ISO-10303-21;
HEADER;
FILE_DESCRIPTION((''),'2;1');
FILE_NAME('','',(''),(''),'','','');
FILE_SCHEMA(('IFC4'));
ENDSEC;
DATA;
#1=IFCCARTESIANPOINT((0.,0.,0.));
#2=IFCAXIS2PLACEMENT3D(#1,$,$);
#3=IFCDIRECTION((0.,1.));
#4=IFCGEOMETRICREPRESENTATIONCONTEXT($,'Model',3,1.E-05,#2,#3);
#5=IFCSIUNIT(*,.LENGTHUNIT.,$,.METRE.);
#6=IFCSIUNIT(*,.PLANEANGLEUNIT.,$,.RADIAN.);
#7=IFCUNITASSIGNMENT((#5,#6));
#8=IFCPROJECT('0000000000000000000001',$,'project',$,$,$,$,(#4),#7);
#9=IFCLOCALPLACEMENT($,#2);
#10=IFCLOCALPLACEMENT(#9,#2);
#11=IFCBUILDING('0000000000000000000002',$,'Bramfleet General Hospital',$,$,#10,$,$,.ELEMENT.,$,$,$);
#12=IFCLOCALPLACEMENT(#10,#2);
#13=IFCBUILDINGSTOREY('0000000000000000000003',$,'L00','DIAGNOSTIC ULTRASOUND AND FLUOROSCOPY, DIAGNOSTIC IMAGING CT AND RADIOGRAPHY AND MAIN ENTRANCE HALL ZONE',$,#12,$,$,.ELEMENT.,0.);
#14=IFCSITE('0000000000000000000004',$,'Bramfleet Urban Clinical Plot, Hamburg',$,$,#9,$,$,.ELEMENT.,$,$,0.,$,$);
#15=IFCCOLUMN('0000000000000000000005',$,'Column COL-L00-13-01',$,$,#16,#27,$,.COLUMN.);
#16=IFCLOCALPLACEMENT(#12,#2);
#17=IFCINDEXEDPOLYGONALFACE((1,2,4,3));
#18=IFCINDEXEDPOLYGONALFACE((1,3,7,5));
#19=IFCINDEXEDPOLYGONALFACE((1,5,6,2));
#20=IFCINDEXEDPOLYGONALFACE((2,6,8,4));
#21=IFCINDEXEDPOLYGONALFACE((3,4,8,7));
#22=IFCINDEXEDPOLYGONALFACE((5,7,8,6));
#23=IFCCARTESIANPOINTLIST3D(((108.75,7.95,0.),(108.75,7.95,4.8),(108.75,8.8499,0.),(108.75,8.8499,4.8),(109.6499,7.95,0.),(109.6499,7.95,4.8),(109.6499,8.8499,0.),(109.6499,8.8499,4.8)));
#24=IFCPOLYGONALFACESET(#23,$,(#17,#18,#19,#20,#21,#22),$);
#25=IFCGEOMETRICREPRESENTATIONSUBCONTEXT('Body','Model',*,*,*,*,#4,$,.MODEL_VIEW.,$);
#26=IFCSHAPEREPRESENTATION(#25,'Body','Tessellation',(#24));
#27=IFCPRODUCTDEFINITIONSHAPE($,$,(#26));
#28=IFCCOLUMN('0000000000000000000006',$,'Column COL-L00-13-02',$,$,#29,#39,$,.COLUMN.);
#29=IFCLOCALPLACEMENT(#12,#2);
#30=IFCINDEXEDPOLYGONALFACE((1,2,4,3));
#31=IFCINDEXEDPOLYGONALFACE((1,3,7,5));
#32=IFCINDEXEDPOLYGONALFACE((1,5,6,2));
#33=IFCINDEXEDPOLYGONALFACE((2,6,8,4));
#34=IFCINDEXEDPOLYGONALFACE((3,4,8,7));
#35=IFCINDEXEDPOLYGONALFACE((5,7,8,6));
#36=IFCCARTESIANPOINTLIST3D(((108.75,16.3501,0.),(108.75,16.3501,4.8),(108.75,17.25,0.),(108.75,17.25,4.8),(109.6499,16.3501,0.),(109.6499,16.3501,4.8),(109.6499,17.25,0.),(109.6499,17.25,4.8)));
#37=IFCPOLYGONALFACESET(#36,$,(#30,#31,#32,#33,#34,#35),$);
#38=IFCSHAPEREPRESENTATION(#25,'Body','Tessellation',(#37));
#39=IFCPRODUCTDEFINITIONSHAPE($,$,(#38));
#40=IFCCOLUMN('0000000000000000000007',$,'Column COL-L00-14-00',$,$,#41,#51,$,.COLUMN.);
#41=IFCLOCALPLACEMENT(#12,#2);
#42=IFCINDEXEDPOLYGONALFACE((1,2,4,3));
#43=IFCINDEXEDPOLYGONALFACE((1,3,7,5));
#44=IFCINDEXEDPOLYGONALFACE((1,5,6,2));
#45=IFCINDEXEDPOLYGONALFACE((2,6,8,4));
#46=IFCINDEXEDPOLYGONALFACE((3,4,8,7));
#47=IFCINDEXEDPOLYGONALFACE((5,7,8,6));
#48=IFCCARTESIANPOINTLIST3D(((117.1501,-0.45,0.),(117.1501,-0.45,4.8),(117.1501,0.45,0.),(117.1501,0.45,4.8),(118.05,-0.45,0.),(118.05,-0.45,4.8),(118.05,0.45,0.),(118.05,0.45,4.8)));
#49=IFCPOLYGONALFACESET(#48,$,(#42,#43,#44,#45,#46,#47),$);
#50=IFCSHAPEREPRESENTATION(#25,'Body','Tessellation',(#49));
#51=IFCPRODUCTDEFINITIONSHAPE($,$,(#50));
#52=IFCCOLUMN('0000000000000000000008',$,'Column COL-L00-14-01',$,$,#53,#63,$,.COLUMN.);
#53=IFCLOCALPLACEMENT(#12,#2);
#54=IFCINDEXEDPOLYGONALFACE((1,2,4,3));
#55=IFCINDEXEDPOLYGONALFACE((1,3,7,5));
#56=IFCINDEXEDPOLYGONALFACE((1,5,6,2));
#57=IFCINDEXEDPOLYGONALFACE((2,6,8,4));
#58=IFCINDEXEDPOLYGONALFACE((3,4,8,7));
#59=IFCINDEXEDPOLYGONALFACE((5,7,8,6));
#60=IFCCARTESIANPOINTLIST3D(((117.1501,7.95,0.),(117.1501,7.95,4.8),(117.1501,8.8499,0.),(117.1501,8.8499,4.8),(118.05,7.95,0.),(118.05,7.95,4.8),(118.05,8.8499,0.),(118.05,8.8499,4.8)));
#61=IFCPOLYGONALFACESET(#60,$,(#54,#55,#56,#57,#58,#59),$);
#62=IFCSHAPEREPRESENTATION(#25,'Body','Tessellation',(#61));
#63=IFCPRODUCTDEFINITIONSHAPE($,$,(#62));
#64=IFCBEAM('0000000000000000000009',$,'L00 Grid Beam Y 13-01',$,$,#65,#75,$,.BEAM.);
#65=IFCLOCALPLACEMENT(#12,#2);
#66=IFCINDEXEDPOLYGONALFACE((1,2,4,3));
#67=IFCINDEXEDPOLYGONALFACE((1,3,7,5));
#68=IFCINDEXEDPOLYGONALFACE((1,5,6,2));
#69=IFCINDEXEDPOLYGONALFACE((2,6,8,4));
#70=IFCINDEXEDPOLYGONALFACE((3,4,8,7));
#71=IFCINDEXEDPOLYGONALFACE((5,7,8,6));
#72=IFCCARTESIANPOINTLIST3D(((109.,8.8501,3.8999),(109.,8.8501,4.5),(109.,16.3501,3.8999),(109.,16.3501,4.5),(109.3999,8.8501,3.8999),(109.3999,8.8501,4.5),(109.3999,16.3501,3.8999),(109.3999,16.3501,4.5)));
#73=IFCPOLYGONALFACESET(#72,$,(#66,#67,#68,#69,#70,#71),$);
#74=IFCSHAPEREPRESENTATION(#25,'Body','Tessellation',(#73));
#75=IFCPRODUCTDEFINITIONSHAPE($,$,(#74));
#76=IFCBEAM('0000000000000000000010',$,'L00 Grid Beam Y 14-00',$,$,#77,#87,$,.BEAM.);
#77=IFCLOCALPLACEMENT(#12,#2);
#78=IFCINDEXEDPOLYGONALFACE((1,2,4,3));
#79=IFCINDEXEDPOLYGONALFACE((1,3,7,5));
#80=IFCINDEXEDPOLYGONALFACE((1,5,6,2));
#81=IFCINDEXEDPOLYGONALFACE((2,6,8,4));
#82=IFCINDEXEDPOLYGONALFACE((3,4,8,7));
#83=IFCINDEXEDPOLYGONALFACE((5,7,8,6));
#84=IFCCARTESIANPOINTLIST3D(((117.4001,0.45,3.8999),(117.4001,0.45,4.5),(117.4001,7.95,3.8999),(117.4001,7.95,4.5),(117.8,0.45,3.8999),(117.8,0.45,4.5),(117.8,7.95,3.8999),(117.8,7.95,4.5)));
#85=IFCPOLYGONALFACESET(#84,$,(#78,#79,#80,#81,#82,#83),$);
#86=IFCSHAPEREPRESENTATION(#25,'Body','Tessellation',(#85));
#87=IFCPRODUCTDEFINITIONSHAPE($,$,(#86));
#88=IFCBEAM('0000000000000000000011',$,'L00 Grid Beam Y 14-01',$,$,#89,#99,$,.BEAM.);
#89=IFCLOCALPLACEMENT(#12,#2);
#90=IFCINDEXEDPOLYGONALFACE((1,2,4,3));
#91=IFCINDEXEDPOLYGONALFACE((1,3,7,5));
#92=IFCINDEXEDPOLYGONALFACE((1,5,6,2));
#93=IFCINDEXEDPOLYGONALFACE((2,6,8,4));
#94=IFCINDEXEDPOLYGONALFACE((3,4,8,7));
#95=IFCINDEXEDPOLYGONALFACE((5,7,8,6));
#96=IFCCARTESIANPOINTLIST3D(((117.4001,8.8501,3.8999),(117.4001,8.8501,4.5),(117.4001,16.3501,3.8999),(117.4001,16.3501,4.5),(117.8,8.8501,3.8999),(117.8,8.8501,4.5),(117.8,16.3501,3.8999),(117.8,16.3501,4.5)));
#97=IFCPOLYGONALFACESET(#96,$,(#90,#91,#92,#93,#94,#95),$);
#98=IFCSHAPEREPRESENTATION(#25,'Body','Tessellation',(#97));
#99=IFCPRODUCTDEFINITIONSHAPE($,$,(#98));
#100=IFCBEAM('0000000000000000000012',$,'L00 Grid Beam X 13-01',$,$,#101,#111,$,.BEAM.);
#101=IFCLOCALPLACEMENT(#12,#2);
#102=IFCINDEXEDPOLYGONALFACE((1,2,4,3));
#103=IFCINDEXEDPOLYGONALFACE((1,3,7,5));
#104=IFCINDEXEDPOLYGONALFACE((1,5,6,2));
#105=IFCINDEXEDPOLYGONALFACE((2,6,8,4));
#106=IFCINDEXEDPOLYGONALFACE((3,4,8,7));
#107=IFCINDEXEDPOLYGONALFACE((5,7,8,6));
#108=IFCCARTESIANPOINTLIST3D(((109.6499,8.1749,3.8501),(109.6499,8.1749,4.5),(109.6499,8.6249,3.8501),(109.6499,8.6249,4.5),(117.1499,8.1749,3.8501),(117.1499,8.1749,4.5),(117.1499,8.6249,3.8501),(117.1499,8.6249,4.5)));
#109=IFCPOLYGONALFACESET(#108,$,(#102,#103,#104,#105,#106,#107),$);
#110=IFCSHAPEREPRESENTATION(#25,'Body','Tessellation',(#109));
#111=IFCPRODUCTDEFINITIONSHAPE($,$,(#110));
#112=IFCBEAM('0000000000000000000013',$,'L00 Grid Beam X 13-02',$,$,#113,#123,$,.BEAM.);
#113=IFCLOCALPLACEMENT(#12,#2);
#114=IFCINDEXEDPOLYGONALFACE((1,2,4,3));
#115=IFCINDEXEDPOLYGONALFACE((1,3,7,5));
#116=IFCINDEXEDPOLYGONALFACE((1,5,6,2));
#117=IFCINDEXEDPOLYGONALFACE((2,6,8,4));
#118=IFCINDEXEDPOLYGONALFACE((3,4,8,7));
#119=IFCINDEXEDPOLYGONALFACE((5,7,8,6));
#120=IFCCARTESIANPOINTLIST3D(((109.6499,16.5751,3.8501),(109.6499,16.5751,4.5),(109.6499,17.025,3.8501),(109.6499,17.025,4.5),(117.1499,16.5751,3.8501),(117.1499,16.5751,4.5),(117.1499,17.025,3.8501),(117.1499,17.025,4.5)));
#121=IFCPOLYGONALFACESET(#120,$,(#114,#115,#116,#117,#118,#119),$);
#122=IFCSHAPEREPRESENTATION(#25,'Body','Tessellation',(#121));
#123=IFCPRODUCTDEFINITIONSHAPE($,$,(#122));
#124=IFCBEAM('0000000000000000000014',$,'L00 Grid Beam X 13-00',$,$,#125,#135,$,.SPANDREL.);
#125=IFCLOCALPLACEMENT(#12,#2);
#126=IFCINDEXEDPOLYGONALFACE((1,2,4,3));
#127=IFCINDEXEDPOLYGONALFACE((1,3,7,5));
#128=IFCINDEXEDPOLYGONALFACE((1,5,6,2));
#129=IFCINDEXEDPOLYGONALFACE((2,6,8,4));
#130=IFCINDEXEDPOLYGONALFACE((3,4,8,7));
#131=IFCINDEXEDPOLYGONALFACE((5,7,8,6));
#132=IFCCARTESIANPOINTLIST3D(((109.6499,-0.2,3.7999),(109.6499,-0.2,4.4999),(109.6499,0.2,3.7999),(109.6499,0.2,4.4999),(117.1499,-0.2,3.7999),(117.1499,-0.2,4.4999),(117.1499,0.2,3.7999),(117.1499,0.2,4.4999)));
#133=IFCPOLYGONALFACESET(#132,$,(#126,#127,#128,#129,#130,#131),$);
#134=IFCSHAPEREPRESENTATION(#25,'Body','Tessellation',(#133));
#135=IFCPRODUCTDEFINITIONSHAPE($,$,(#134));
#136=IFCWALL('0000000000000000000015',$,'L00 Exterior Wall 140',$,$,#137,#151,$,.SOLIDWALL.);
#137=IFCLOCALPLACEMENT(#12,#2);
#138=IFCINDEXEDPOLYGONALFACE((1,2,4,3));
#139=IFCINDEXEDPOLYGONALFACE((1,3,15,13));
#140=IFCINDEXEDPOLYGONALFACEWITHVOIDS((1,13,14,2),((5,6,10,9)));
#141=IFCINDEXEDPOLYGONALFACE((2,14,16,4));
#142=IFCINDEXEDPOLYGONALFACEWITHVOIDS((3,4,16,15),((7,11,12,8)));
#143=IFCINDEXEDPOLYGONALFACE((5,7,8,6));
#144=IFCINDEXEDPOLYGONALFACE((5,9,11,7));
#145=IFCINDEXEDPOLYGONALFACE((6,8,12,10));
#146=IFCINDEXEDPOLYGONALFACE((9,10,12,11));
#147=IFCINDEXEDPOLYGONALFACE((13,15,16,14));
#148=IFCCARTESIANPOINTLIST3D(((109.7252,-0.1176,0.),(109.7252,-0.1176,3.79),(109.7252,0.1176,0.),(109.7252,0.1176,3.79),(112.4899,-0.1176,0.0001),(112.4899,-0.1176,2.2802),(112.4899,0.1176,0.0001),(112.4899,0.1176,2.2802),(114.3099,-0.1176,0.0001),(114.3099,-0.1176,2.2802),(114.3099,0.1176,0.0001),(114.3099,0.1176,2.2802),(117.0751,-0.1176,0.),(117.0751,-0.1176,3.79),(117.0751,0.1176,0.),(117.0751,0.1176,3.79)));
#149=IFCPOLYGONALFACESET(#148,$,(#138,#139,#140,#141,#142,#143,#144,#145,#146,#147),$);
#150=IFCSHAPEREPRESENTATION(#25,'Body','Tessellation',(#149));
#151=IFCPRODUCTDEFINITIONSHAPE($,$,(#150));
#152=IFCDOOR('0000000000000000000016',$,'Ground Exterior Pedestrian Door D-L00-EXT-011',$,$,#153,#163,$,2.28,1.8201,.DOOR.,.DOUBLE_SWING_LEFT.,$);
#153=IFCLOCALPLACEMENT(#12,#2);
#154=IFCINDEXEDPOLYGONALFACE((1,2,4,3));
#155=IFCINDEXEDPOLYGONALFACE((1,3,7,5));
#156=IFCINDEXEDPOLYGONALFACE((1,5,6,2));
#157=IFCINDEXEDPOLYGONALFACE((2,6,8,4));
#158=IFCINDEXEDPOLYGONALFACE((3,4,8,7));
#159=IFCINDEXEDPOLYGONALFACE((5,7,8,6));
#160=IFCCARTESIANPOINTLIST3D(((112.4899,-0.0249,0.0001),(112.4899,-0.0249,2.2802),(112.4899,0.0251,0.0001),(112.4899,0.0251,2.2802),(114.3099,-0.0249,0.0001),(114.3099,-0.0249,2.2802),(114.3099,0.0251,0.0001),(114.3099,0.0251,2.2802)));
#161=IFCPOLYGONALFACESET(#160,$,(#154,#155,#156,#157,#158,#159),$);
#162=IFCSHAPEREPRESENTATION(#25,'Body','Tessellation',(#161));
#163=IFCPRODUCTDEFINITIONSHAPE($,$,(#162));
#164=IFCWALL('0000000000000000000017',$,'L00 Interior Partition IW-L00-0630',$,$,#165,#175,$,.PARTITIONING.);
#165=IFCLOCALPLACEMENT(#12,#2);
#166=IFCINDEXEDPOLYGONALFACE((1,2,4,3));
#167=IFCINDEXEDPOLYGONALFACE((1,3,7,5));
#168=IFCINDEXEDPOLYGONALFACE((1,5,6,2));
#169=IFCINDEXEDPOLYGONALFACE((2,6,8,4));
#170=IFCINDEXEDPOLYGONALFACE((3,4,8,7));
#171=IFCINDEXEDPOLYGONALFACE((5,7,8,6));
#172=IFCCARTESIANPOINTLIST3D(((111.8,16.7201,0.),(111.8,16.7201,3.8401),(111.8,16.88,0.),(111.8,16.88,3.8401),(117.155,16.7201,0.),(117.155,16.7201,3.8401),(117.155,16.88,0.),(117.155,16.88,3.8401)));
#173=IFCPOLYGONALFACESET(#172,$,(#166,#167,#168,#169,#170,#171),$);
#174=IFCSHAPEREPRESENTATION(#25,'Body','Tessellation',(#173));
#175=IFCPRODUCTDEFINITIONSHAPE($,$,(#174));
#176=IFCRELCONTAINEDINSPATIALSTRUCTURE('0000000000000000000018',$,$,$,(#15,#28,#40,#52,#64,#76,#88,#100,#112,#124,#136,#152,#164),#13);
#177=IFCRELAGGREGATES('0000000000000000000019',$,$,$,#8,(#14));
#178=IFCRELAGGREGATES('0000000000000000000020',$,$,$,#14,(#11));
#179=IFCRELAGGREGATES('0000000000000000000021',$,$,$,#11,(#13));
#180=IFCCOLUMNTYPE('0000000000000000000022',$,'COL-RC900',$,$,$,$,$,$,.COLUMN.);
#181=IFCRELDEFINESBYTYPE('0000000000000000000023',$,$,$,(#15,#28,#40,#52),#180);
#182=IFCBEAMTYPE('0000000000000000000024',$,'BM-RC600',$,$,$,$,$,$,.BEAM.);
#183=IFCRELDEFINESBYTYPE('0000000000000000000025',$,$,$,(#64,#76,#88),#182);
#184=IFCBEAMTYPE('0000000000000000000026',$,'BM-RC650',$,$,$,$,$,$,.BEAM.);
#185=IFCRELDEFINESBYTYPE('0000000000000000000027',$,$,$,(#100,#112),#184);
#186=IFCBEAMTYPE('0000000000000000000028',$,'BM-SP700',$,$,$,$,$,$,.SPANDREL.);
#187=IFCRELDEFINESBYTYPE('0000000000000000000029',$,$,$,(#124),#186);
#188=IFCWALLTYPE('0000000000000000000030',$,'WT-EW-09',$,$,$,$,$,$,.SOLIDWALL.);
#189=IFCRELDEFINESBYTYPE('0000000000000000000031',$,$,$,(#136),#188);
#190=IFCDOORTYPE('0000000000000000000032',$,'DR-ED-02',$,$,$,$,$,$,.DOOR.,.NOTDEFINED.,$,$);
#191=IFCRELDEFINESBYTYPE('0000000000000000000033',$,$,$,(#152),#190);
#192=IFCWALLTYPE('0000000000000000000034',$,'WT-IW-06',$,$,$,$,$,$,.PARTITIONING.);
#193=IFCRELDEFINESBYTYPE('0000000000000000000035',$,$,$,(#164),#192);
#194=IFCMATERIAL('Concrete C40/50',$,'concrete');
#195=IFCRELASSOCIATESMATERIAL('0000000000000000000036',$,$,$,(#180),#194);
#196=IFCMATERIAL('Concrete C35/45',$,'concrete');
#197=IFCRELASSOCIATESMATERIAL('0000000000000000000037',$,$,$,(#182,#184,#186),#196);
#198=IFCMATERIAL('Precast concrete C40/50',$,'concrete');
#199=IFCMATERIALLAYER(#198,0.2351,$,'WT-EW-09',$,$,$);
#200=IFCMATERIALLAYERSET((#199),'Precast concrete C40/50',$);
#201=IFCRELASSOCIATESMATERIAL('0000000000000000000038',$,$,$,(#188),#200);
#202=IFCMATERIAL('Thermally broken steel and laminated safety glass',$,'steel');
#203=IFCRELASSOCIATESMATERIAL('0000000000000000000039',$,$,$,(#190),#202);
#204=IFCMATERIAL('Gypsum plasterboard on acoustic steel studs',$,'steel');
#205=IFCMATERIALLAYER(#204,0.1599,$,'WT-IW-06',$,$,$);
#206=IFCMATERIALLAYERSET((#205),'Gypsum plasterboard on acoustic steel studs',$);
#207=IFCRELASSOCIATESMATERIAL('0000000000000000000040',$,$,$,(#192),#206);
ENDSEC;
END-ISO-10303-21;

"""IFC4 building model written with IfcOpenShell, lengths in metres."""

from ifc_helpers import new_model, si_unit, direction, frame, frame_2d, origin, origin_2d, place, context, subcontext, project, spatial, rectangle, extrude, material, layer, layer_set, material_profile, profile_set, type_object, element, fill, save


model = new_model("IFC4")

# Units and contexts
model_context = context("Model", 3, precision=1e-05, world=origin(), true_north=direction((0.0, 1.0)))
body_context = subcontext(model_context, "Body", "Model", "MODEL_VIEW")
ifc_project = project(units=[si_unit("LENGTHUNIT", "METRE"), si_unit("PLANEANGLEUNIT", "RADIAN")], contexts=[model_context])

# Site, building, storey
site_placement = place(None, origin())
site = spatial("IfcSite", under=ifc_project, at=site_placement, Name="Bramfleet Urban Clinical Plot, Hamburg", CompositionType="ELEMENT", RefElevation=0.0)
building_placement = place(site_placement, origin())
building = spatial("IfcBuilding", under=site, at=building_placement, Name="Bramfleet General Hospital", CompositionType="ELEMENT")
storey_placement = place(building_placement, origin())
storey = spatial("IfcBuildingStorey", under=building, at=storey_placement, Name="L00", Description="DIAGNOSTIC ULTRASOUND AND FLUOROSCOPY, DIAGNOSTIC IMAGING CT AND RADIOGRAPHY AND MAIN ENTRANCE HALL ZONE", CompositionType="ELEMENT", Elevation=0.0)

# Columns
ifc_material_1 = material(Name="Concrete C40/50", Category="concrete")
ifc_material_profile_1 = material_profile(ifc_material_1, rectangle(XDim=0.8999, YDim=0.8999, at=origin_2d()), Name="RC COL 900x900")
ifc_profile_set_1 = profile_set([ifc_material_profile_1], Name="Concrete C40/50")
column_type = type_object("IfcColumnType", Name="COL-RC900", PredefinedType="COLUMN", material=ifc_profile_set_1)
for number, where, z_axis, x_axis, name in (
    (1, (109.2, 8.3999, 0.0), (0.0, 0.0, 1.0), (1.0, 0.0, 0.0), "Column COL-L00-13-01"),
    (2, (109.2, 16.8, 0.0), (0.0, 0.0, 1.0), (1.0, 0.0, 0.0), "Column COL-L00-13-02"),
    (3, (117.6001, 0.0, 0.0), (0.0, 0.0, 1.0), (1.0, 0.0, 0.0), "Column COL-L00-14-00"),
    (4, (117.6001, 8.3999, 0.0), (0.0, 0.0, 1.0), (1.0, 0.0, 0.0), "Column COL-L00-14-01"),
):
    element("IfcColumn", number, at=place(storey_placement, frame(where, z_axis=z_axis, x_axis=x_axis)), inside=storey, type_object=column_type, Name=name, PredefinedType="COLUMN", context=body_context, shape_type="SweptSolid", body=[
        extrude(rectangle(XDim=0.8999, YDim=0.8999, at=origin_2d()), origin(), (0.0, 0.0, 1.0), 4.8),
    ])

# Beams
ifc_material_2 = material(Name="Concrete C35/45", Category="concrete")
ifc_material_profile_2 = material_profile(ifc_material_2, rectangle(XDim=0.3999, YDim=0.6001, at=origin_2d()), Name="RC BM 600x400")
ifc_profile_set_2 = profile_set([ifc_material_profile_2], Name="Concrete C35/45")
beam_type_1 = type_object("IfcBeamType", Name="BM-RC600", PredefinedType="BEAM", material=ifc_profile_set_2)
for number, where, z_axis, x_axis, name in (
    (5, (109.2, 8.8501, 4.2), (0.0, 1.0, 0.0), (-1.0, 0.0, 0.0), "L00 Grid Beam Y 13-01"),
    (6, (117.6001, 0.45, 4.2), (0.0, 1.0, 0.0), (-1.0, 0.0, 0.0), "L00 Grid Beam Y 14-00"),
    (7, (117.6001, 8.8501, 4.2), (0.0, 1.0, 0.0), (-1.0, 0.0, 0.0), "L00 Grid Beam Y 14-01"),
):
    element("IfcBeam", number, at=place(storey_placement, frame(where, z_axis=z_axis, x_axis=x_axis)), inside=storey, type_object=beam_type_1, Name=name, PredefinedType="BEAM", context=body_context, shape_type="SweptSolid", body=[
        extrude(rectangle(XDim=0.3999, YDim=0.6001, at=origin_2d()), origin(), (0.0, 0.0, 1.0), 7.5),
    ])
ifc_material_profile_3 = material_profile(ifc_material_2, rectangle(XDim=0.45, YDim=0.6499, at=origin_2d()), Name="RC BM 650x450")
ifc_profile_set_3 = profile_set([ifc_material_profile_3], Name="Concrete C35/45")
beam_type_2 = type_object("IfcBeamType", Name="BM-RC650", PredefinedType="BEAM", material=ifc_profile_set_3)
for number, where, z_axis, x_axis, name in (
    (8, (109.6499, 8.3999, 4.175), (1.0, 0.0, 0.0), (0.0, 1.0, 0.0), "L00 Grid Beam X 13-01"),
    (9, (109.6499, 16.8, 4.175), (1.0, 0.0, 0.0), (0.0, 1.0, 0.0), "L00 Grid Beam X 13-02"),
):
    element("IfcBeam", number, at=place(storey_placement, frame(where, z_axis=z_axis, x_axis=x_axis)), inside=storey, type_object=beam_type_2, Name=name, PredefinedType="BEAM", context=body_context, shape_type="SweptSolid", body=[
        extrude(rectangle(XDim=0.45, YDim=0.6499, at=origin_2d()), origin(), (0.0, 0.0, 1.0), 7.5),
    ])
ifc_material_profile_4 = material_profile(ifc_material_2, rectangle(XDim=0.3999, YDim=0.7, at=origin_2d()), Name="RC SP 700x400")
ifc_profile_set_4 = profile_set([ifc_material_profile_4], Name="Concrete C35/45")
beam_type_3 = type_object("IfcBeamType", Name="BM-SP700", PredefinedType="SPANDREL", material=ifc_profile_set_4)
beam_placement = place(storey_placement, frame((109.6499, 0.0, 4.1499), z_axis=(1.0, 0.0, 0.0), x_axis=(0.0, 1.0, 0.0)))
element("IfcBeam", 10, at=beam_placement, inside=storey, type_object=beam_type_3, Name="L00 Grid Beam X 13-00", PredefinedType="SPANDREL", context=body_context, shape_type="SweptSolid", body=[
    extrude(rectangle(XDim=0.3999, YDim=0.7, at=origin_2d()), origin(), (0.0, 0.0, 1.0), 7.5),
])

# Wall, opening, door
ifc_material_3 = material(Name="Precast concrete C40/50", Category="concrete")
ifc_layer_1 = layer(ifc_material_3, 0.2351, Name="WT-EW-09")
ifc_layer_set_1 = layer_set([ifc_layer_1], Name="Precast concrete C40/50")
wall_type_1 = type_object("IfcWallType", Name="WT-EW-09", PredefinedType="SOLIDWALL", material=ifc_layer_set_1)
wall_1_placement = place(storey_placement, frame((117.075, 0.0, 0.0), z_axis=(0.0, 0.0, 1.0), x_axis=(-1.0, 0.0, 0.0)))
wall_1 = element("IfcWall", 11, at=wall_1_placement, inside=storey, type_object=wall_type_1, Name="L00 Exterior Wall 140", PredefinedType="SOLIDWALL", context=body_context, shape_type="SweptSolid", body=[
    extrude(rectangle(XDim=7.3499, YDim=0.2351, at=frame_2d((3.6748, 0.0))), origin(), (0.0, 0.0, 1.0), 3.79),
])
opening_1_placement = place(wall_1_placement, frame((2.7649, 0.0, 0.0)))
opening_1 = element("IfcOpeningElement", 12, at=opening_1_placement, cuts=wall_1, PredefinedType="OPENING", context=body_context, shape_type="SweptSolid", body=[
    extrude(rectangle(XDim=1.8201, YDim=2.28, at=frame_2d((0.9102, 1.1401))), frame((0.0, 0.1274, 0.0), z_axis=(0.0, -1.0, 0.0), x_axis=(1.0, 0.0, 0.0)), (0.0, 0.0, 1.0), 0.2551),
])
ifc_material_4 = material(Name="Thermally broken steel and laminated safety glass", Category="steel")
door_type_1 = type_object("IfcDoorType", Name="DR-ED-02", OperationType="NOTDEFINED", PredefinedType="DOOR", material=ifc_material_4)
door_1_placement = place(opening_1_placement, origin())
door_1 = element("IfcDoor", 13, at=door_1_placement, inside=storey, type_object=door_type_1, Name="Ground Exterior Pedestrian Door D-L00-EXT-011", OperationType="DOUBLE_SWING_LEFT", OverallHeight=2.28, OverallWidth=1.8201, PredefinedType="DOOR", context=body_context, shape_type="SweptSolid", body=[
    extrude(rectangle(XDim=1.8201, YDim=2.28, at=frame_2d((0.9102, 1.1401))), frame((0.0, 0.0249, 0.0), z_axis=(0.0, -1.0, 0.0), x_axis=(1.0, 0.0, 0.0)), (0.0, 0.0, 1.0), 0.05),
])
fill(opening_1, door_1)

# Wall
ifc_material_5 = material(Name="Gypsum plasterboard on acoustic steel studs", Category="steel")
ifc_layer_2 = layer(ifc_material_5, 0.1599, Name="WT-IW-06")
ifc_layer_set_2 = layer_set([ifc_layer_2], Name="Gypsum plasterboard on acoustic steel studs")
wall_type_2 = type_object("IfcWallType", Name="WT-IW-06", PredefinedType="PARTITIONING", material=ifc_layer_set_2)
wall_2_placement = place(storey_placement, frame((111.8, 16.8, 0.0), z_axis=(0.0, 0.0, 1.0), x_axis=(1.0, 0.0, 0.0)))
element("IfcWall", 14, at=wall_2_placement, inside=storey, type_object=wall_type_2, Name="L00 Interior Partition IW-L00-0630", PredefinedType="PARTITIONING", context=body_context, shape_type="SweptSolid", body=[
    extrude(rectangle(XDim=5.355, YDim=0.1599, at=frame_2d((2.6775, 0.0))), origin(), (0.0, 0.0, 1.0), 3.8401),
])

save(model, "model.ifc")
